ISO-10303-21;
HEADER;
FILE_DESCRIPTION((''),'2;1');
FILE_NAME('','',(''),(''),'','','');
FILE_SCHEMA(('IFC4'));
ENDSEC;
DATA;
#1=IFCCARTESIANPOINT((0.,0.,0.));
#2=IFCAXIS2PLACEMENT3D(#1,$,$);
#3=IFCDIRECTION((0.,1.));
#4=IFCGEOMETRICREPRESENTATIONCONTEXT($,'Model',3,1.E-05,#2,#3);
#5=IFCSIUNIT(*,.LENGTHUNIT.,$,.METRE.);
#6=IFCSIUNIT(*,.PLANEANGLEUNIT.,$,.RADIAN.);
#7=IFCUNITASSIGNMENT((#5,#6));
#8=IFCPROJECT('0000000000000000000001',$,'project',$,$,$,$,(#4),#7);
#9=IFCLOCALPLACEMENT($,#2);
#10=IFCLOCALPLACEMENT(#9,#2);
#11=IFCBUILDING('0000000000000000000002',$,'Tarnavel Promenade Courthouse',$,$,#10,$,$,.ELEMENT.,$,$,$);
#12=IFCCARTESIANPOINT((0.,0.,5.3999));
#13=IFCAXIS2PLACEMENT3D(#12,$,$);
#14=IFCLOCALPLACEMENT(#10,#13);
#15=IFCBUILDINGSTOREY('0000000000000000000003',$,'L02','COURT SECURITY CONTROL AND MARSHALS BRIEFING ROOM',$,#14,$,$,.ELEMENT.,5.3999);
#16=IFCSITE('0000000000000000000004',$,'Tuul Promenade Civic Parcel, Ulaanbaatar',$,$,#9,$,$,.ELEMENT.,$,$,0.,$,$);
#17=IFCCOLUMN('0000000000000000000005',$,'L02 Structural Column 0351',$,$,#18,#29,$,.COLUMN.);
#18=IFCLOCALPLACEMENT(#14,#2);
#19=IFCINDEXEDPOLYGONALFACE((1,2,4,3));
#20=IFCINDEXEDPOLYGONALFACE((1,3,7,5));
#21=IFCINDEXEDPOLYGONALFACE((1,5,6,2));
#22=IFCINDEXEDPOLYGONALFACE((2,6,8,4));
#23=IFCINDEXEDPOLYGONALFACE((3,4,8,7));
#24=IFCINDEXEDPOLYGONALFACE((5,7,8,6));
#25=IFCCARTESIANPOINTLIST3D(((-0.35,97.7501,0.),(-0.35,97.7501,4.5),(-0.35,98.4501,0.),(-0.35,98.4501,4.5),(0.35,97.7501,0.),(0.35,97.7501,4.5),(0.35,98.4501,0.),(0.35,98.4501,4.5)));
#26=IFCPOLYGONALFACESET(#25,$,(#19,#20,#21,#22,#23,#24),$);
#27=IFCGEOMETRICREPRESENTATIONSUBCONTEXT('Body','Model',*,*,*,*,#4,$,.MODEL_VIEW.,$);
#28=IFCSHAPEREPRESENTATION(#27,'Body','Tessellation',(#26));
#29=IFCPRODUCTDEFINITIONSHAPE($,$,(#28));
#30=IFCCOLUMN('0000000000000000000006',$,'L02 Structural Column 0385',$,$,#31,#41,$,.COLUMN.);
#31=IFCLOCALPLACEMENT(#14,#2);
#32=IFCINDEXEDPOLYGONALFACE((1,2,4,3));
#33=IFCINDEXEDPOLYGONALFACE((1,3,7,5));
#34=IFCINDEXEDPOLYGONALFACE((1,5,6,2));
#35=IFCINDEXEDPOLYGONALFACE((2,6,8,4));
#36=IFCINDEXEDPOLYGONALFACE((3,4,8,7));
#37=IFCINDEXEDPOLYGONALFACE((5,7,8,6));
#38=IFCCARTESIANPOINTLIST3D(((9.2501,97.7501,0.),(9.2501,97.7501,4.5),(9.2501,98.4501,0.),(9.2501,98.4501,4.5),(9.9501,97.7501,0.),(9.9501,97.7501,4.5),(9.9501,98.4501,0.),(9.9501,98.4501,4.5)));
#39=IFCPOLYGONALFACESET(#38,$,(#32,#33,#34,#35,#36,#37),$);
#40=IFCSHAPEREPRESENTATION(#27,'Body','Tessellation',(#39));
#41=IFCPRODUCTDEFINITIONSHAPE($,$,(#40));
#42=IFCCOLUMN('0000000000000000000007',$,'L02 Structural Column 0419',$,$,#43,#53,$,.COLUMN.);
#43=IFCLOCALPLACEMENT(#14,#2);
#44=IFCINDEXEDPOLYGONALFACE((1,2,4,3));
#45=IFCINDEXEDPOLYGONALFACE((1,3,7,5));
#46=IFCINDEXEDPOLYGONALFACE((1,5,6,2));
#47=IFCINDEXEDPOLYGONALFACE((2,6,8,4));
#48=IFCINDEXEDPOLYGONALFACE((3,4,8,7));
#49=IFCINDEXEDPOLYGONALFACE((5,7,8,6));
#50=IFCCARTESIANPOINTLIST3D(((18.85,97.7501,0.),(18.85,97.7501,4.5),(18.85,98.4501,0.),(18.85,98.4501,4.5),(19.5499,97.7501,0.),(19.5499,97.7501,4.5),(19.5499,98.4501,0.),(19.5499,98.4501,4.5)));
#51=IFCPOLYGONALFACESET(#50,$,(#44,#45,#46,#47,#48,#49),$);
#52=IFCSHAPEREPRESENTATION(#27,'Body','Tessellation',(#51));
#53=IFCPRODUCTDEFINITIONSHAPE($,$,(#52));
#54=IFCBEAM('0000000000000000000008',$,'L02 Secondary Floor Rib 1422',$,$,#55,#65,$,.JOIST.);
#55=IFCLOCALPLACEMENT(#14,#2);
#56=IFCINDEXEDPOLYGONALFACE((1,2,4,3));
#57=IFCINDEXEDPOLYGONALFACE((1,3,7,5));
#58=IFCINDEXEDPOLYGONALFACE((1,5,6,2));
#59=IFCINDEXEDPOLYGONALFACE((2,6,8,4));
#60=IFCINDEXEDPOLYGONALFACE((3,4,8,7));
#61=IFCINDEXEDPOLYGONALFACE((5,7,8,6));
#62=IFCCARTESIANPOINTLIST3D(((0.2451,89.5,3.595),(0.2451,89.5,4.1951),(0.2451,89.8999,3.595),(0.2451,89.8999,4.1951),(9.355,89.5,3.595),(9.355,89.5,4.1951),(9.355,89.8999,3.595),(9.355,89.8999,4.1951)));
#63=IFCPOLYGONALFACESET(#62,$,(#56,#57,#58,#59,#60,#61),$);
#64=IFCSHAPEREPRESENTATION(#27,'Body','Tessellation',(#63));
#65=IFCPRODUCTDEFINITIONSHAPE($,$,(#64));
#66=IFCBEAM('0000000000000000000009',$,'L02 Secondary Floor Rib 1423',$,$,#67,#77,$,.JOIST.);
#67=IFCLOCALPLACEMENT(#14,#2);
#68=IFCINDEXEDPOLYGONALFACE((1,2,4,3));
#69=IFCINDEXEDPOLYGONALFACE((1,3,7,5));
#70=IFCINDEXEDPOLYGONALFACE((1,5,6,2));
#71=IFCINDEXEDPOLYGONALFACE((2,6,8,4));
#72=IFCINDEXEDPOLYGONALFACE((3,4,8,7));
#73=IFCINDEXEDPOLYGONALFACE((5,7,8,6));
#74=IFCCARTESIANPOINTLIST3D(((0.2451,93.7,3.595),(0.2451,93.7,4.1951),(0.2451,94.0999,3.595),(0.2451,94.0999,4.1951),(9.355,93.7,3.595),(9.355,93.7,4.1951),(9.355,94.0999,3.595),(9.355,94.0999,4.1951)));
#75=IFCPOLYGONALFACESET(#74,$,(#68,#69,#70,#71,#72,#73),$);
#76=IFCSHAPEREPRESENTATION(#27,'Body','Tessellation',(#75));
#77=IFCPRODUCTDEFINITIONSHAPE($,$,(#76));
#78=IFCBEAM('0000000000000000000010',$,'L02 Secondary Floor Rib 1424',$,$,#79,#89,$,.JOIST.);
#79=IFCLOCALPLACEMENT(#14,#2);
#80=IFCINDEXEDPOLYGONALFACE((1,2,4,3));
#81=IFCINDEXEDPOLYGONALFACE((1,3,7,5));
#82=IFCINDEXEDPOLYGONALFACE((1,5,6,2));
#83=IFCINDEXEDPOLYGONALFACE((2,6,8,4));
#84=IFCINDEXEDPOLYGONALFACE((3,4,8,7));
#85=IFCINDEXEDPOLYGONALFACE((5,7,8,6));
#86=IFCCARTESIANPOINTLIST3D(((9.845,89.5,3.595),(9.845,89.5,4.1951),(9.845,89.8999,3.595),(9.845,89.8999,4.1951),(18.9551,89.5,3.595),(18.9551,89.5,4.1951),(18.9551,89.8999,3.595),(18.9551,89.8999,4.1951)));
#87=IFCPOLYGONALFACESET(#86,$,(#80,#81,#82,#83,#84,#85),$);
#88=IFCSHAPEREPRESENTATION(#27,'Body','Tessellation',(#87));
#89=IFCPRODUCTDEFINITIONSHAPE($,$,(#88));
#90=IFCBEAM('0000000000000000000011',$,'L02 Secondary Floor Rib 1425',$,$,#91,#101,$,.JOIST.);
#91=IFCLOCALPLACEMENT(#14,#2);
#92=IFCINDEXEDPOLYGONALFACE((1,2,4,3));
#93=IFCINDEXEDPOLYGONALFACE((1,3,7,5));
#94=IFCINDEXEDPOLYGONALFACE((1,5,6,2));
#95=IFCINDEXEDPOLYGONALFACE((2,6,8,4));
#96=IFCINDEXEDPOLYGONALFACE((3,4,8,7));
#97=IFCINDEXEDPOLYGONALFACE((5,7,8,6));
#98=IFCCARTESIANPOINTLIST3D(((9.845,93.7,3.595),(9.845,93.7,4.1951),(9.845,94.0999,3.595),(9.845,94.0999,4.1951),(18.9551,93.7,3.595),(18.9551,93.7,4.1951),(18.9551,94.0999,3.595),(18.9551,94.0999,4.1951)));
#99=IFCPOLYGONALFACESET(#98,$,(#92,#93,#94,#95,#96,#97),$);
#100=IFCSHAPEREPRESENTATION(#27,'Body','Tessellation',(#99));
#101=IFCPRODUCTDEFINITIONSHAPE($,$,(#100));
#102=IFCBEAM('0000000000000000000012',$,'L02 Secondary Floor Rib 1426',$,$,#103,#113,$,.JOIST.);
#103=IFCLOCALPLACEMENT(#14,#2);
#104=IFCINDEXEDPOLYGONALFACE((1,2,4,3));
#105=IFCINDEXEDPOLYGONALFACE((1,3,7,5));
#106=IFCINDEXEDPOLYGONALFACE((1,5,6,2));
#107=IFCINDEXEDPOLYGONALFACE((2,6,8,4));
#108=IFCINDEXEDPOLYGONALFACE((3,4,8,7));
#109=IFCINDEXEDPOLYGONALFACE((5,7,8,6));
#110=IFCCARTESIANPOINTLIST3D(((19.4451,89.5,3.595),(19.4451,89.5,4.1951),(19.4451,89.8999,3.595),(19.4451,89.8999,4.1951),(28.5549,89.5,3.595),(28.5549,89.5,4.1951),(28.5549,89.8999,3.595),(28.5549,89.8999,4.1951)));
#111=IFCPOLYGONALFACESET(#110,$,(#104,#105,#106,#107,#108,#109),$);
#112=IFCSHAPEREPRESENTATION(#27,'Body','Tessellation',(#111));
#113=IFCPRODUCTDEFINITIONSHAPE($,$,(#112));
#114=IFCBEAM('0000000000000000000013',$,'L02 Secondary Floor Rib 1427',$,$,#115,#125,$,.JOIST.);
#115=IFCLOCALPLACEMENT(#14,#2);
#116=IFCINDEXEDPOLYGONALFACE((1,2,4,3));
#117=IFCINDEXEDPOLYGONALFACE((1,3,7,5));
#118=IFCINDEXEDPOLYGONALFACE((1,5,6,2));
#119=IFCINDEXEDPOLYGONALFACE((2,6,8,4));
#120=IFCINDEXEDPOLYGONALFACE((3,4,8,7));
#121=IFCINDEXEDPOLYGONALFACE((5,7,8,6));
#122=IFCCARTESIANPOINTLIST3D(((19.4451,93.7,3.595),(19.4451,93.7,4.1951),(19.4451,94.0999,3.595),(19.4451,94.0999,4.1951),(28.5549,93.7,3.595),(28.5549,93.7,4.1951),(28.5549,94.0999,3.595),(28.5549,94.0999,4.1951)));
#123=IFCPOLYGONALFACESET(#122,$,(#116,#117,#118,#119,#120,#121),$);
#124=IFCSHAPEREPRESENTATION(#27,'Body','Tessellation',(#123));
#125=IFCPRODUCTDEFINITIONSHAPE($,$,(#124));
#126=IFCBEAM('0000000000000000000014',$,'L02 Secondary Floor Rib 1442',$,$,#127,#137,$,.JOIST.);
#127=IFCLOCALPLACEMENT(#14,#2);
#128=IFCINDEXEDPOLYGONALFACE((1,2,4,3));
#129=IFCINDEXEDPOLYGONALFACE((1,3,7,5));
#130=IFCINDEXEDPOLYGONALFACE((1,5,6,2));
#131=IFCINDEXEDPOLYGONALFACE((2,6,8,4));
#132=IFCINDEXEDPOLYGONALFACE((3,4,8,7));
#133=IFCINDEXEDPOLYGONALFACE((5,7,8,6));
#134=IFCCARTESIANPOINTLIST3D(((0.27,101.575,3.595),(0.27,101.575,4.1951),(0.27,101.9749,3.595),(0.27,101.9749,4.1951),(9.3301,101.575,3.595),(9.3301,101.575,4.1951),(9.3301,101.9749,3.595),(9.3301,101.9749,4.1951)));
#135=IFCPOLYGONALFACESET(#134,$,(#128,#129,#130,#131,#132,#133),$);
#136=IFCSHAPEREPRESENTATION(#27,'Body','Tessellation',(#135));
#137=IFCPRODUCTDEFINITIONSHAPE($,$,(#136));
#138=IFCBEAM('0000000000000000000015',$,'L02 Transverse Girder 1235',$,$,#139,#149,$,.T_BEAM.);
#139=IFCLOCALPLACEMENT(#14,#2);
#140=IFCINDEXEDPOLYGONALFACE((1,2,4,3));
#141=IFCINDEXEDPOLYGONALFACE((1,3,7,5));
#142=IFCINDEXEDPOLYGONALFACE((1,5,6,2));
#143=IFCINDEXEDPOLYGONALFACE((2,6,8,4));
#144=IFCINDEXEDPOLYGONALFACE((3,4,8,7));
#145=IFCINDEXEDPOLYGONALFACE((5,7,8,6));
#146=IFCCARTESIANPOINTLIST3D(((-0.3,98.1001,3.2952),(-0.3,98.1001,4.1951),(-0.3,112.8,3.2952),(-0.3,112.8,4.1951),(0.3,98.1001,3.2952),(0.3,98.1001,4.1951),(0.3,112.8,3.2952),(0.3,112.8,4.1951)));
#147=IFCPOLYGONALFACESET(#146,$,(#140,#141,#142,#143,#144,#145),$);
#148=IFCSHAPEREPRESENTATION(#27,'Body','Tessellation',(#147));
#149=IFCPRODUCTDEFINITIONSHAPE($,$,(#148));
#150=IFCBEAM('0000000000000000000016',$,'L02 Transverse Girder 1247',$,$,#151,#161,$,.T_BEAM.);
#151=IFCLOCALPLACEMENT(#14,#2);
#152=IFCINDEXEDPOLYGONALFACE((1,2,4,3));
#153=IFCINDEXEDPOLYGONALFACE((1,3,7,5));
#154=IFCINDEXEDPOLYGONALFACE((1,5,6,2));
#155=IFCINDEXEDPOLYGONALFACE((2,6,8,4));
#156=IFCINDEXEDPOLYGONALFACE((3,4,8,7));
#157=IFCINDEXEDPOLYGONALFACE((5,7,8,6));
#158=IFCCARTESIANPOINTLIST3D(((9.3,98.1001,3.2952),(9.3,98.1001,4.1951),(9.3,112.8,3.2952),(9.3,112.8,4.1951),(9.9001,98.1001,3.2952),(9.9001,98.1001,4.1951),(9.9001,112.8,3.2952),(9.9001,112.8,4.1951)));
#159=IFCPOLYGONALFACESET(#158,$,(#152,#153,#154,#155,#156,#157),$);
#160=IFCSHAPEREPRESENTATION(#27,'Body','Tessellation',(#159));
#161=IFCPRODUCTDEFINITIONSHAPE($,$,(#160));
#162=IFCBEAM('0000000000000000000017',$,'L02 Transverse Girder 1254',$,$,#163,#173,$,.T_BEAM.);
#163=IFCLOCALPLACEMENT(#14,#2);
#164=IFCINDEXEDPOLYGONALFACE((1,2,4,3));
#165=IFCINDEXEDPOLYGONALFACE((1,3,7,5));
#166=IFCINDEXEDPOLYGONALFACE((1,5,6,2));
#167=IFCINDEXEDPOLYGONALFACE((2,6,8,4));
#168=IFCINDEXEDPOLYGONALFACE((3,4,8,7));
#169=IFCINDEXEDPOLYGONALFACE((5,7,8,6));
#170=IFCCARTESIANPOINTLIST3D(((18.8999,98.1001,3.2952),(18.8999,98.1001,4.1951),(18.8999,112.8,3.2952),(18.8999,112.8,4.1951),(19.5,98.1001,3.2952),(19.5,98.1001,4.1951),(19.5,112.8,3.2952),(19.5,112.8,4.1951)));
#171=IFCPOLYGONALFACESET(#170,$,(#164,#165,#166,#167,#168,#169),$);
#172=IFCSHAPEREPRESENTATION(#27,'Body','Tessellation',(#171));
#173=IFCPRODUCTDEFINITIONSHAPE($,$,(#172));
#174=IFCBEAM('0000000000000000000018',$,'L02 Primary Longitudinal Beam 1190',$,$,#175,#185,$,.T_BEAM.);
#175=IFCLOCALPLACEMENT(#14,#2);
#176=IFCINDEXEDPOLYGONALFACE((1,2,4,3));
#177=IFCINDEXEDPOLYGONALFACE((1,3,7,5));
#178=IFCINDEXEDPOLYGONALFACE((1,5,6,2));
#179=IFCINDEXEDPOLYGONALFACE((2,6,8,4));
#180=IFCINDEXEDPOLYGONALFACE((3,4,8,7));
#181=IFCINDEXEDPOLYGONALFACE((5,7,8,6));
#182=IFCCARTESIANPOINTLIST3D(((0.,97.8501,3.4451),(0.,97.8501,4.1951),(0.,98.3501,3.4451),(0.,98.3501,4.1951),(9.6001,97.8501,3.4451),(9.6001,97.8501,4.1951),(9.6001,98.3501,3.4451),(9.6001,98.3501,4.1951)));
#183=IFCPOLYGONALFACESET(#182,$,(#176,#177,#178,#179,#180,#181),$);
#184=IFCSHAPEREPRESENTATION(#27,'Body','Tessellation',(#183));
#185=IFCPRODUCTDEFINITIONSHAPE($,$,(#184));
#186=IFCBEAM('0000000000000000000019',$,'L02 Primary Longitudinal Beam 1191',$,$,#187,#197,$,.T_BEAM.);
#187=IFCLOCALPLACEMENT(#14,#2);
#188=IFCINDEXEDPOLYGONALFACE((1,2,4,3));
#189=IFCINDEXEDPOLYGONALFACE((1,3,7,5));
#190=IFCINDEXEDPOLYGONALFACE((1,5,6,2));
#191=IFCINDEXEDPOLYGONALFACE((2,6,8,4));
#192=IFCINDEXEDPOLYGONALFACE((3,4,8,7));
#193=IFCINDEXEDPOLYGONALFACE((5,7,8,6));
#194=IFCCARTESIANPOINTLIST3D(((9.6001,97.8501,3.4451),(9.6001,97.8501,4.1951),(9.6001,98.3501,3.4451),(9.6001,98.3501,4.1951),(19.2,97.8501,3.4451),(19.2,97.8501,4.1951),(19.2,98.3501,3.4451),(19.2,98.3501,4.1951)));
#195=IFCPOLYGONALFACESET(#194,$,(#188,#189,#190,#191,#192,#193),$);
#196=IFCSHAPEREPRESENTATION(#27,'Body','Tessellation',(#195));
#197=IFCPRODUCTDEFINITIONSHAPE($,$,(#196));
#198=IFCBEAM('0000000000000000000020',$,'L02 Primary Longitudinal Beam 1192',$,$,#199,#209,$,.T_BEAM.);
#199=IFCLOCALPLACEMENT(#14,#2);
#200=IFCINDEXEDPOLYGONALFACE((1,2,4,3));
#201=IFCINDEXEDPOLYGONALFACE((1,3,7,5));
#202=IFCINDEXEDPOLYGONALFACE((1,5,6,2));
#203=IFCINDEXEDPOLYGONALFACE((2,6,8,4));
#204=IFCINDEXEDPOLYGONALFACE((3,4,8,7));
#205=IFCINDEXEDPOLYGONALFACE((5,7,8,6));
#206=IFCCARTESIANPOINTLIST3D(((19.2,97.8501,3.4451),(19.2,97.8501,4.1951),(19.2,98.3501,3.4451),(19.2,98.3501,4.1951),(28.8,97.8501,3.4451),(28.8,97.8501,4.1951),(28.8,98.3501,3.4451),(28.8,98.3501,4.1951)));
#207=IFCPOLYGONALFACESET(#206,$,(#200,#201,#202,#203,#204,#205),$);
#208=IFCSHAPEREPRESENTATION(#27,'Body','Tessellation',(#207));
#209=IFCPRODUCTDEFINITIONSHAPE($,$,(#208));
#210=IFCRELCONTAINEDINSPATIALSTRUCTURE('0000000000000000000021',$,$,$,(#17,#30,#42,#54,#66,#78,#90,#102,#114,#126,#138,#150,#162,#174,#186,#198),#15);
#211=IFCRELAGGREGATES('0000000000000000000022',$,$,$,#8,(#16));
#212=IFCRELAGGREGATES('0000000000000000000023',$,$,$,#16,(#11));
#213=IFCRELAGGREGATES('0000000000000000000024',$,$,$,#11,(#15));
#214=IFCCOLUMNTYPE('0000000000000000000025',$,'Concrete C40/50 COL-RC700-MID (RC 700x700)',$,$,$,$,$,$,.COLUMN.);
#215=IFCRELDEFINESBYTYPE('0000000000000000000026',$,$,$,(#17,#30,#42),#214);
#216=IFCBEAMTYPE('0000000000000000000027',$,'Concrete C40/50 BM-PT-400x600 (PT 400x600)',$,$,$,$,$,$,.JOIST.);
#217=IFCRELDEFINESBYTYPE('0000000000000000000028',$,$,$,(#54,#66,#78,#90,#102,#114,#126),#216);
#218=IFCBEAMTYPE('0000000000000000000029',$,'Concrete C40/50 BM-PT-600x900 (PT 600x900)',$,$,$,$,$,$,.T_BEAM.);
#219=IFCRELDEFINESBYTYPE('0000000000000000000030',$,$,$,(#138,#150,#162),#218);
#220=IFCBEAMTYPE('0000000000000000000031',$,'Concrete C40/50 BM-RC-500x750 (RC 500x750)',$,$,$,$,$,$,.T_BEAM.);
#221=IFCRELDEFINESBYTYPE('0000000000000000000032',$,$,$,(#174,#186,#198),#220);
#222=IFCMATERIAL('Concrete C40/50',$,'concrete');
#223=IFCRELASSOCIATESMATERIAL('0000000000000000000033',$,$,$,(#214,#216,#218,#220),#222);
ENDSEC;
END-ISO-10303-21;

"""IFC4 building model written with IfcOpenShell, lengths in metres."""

from ifc_helpers import new_model, si_unit, direction, frame, origin, origin_2d, place, context, subcontext, project, spatial, rectangle, extrude, material, material_profile, profile_set, type_object, element, save


model = new_model("IFC4")

# Units and contexts
model_context = context("Model", 3, precision=1e-05, world=origin(), true_north=direction((0.0, 1.0)))
body_context = subcontext(model_context, "Body", "Model", "MODEL_VIEW")
ifc_project = project(units=[si_unit("LENGTHUNIT", "METRE"), si_unit("PLANEANGLEUNIT", "RADIAN")], contexts=[model_context])

# Site, building, storey
site_placement = place(None, origin())
site = spatial("IfcSite", under=ifc_project, at=site_placement, Name="Tuul Promenade Civic Parcel, Ulaanbaatar", CompositionType="ELEMENT", RefElevation=0.0)
building_placement = place(site_placement, origin())
building = spatial("IfcBuilding", under=site, at=building_placement, Name="Tarnavel Promenade Courthouse", CompositionType="ELEMENT")
storey_placement = place(building_placement, frame((0.0, 0.0, 5.3999)))
storey = spatial("IfcBuildingStorey", under=building, at=storey_placement, Name="L02", Description="COURT SECURITY CONTROL AND MARSHALS BRIEFING ROOM", CompositionType="ELEMENT", Elevation=5.3999)

# Columns
ifc_material_1 = material(Name="Concrete C40/50", Category="concrete")
ifc_material_profile_1 = material_profile(ifc_material_1, rectangle(XDim=0.7, YDim=0.7, at=origin_2d()), Name="RC 700x700")
ifc_profile_set_1 = profile_set([ifc_material_profile_1], Name="Concrete C40/50")
column_type = type_object("IfcColumnType", Name="Concrete C40/50 COL-RC700-MID (RC 700x700)", PredefinedType="COLUMN", material=ifc_profile_set_1)
for number, where, z_axis, x_axis, name in (
    (1, (0.0, 98.1001, 0.0), (0.0, 0.0, 1.0), (1.0, 0.0, 0.0), "L02 Structural Column 0351"),
    (2, (9.6001, 98.1001, 0.0), (0.0, 0.0, 1.0), (1.0, 0.0, 0.0), "L02 Structural Column 0385"),
    (3, (19.2, 98.1001, 0.0), (0.0, 0.0, 1.0), (1.0, 0.0, 0.0), "L02 Structural Column 0419"),
):
    element("IfcColumn", number, at=place(storey_placement, frame(where, z_axis=z_axis, x_axis=x_axis)), inside=storey, type_object=column_type, Name=name, PredefinedType="COLUMN", context=body_context, shape_type="SweptSolid", body=[
        extrude(rectangle(XDim=0.7, YDim=0.7, at=origin_2d()), origin(), (0.0, 0.0, 1.0), 4.5),
    ])

# Beams
ifc_material_profile_2 = material_profile(ifc_material_1, rectangle(XDim=0.3999, YDim=0.6001, at=origin_2d()), Name="PT 400x600")
ifc_profile_set_2 = profile_set([ifc_material_profile_2], Name="Concrete C40/50")
beam_type_1 = type_object("IfcBeamType", Name="Concrete C40/50 BM-PT-400x600 (PT 400x600)", PredefinedType="JOIST", material=ifc_profile_set_2)
for number, where, z_axis, x_axis, name in (
    (4, (0.2451, 89.7, 3.895), (1.0, 0.0, 0.0), (0.0, 1.0, 0.0), "L02 Secondary Floor Rib 1422"),
    (5, (0.2451, 93.8999, 3.895), (1.0, 0.0, 0.0), (0.0, 1.0, 0.0), "L02 Secondary Floor Rib 1423"),
):
    element("IfcBeam", number, at=place(storey_placement, frame(where, z_axis=z_axis, x_axis=x_axis)), inside=storey, type_object=beam_type_1, Name=name, PredefinedType="JOIST", context=body_context, shape_type="SweptSolid", body=[
        extrude(rectangle(XDim=0.3999, YDim=0.6001, at=origin_2d()), origin(), (0.0, 0.0, 1.0), 9.1099),
    ])
for number, where, z_axis, x_axis, name in (
    (6, (9.845, 89.7, 3.895), (1.0, 0.0, 0.0), (0.0, 1.0, 0.0), "L02 Secondary Floor Rib 1424"),
    (7, (9.845, 93.8999, 3.895), (1.0, 0.0, 0.0), (0.0, 1.0, 0.0), "L02 Secondary Floor Rib 1425"),
):
    element("IfcBeam", number, at=place(storey_placement, frame(where, z_axis=z_axis, x_axis=x_axis)), inside=storey, type_object=beam_type_1, Name=name, PredefinedType="JOIST", context=body_context, shape_type="SweptSolid", body=[
        extrude(rectangle(XDim=0.3999, YDim=0.6001, at=origin_2d()), origin(), (0.0, 0.0, 1.0), 9.1101),
    ])
for number, where, z_axis, x_axis, name in (
    (8, (19.4451, 89.7, 3.895), (1.0, 0.0, 0.0), (0.0, 1.0, 0.0), "L02 Secondary Floor Rib 1426"),
    (9, (19.4451, 93.8999, 3.895), (1.0, 0.0, 0.0), (0.0, 1.0, 0.0), "L02 Secondary Floor Rib 1427"),
):
    element("IfcBeam", number, at=place(storey_placement, frame(where, z_axis=z_axis, x_axis=x_axis)), inside=storey, type_object=beam_type_1, Name=name, PredefinedType="JOIST", context=body_context, shape_type="SweptSolid", body=[
        extrude(rectangle(XDim=0.3999, YDim=0.6001, at=origin_2d()), origin(), (0.0, 0.0, 1.0), 9.1099),
    ])
beam_1_placement = place(storey_placement, frame((0.27, 101.7749, 3.895), z_axis=(1.0, 0.0, 0.0), x_axis=(0.0, 1.0, 0.0)))
element("IfcBeam", 10, at=beam_1_placement, inside=storey, type_object=beam_type_1, Name="L02 Secondary Floor Rib 1442", PredefinedType="JOIST", context=body_context, shape_type="SweptSolid", body=[
    extrude(rectangle(XDim=0.3999, YDim=0.6001, at=origin_2d()), origin(), (0.0, 0.0, 1.0), 9.0601),
])
ifc_material_profile_3 = material_profile(ifc_material_1, rectangle(XDim=0.6001, YDim=0.8999, at=origin_2d()), Name="PT 600x900")
ifc_profile_set_3 = profile_set([ifc_material_profile_3], Name="Concrete C40/50")
beam_type_2 = type_object("IfcBeamType", Name="Concrete C40/50 BM-PT-600x900 (PT 600x900)", PredefinedType="T_BEAM", material=ifc_profile_set_3)
for number, where, z_axis, x_axis, name in (
    (11, (0.0, 98.1001, 3.7451), (0.0, 1.0, 0.0), (-1.0, 0.0, 0.0), "L02 Transverse Girder 1235"),
    (12, (9.6001, 98.1001, 3.7451), (0.0, 1.0, 0.0), (-1.0, 0.0, 0.0), "L02 Transverse Girder 1247"),
    (13, (19.2, 98.1001, 3.7451), (0.0, 1.0, 0.0), (-1.0, 0.0, 0.0), "L02 Transverse Girder 1254"),
):
    element("IfcBeam", number, at=place(storey_placement, frame(where, z_axis=z_axis, x_axis=x_axis)), inside=storey, type_object=beam_type_2, Name=name, PredefinedType="T_BEAM", context=body_context, shape_type="SweptSolid", body=[
        extrude(rectangle(XDim=0.6001, YDim=0.8999, at=origin_2d()), origin(), (0.0, 0.0, 1.0), 14.7),
    ])
ifc_material_profile_4 = material_profile(ifc_material_1, rectangle(XDim=0.5, YDim=0.75, at=origin_2d()), Name="RC 500x750")
ifc_profile_set_4 = profile_set([ifc_material_profile_4], Name="Concrete C40/50")
beam_type_3 = type_object("IfcBeamType", Name="Concrete C40/50 BM-RC-500x750 (RC 500x750)", PredefinedType="T_BEAM", material=ifc_profile_set_4)
beam_2_placement = place(storey_placement, frame((0.0, 98.1001, 3.8201), z_axis=(1.0, 0.0, 0.0), x_axis=(0.0, 1.0, 0.0)))
element("IfcBeam", 14, at=beam_2_placement, inside=storey, type_object=beam_type_3, Name="L02 Primary Longitudinal Beam 1190", PredefinedType="T_BEAM", context=body_context, shape_type="SweptSolid", body=[
    extrude(rectangle(XDim=0.5, YDim=0.75, at=origin_2d()), origin(), (0.0, 0.0, 1.0), 9.6001),
])
beam_3_placement = place(storey_placement, frame((9.6001, 98.1001, 3.8201), z_axis=(1.0, 0.0, 0.0), x_axis=(0.0, 1.0, 0.0)))
element("IfcBeam", 15, at=beam_3_placement, inside=storey, type_object=beam_type_3, Name="L02 Primary Longitudinal Beam 1191", PredefinedType="T_BEAM", context=body_context, shape_type="SweptSolid", body=[
    extrude(rectangle(XDim=0.5, YDim=0.75, at=origin_2d()), origin(), (0.0, 0.0, 1.0), 9.5999),
])
beam_4_placement = place(storey_placement, frame((19.2, 98.1001, 3.8201), z_axis=(1.0, 0.0, 0.0), x_axis=(0.0, 1.0, 0.0)))
element("IfcBeam", 16, at=beam_4_placement, inside=storey, type_object=beam_type_3, Name="L02 Primary Longitudinal Beam 1192", PredefinedType="T_BEAM", context=body_context, shape_type="SweptSolid", body=[
    extrude(rectangle(XDim=0.5, YDim=0.75, at=origin_2d()), origin(), (0.0, 0.0, 1.0), 9.6001),
])

save(model, "model.ifc")
